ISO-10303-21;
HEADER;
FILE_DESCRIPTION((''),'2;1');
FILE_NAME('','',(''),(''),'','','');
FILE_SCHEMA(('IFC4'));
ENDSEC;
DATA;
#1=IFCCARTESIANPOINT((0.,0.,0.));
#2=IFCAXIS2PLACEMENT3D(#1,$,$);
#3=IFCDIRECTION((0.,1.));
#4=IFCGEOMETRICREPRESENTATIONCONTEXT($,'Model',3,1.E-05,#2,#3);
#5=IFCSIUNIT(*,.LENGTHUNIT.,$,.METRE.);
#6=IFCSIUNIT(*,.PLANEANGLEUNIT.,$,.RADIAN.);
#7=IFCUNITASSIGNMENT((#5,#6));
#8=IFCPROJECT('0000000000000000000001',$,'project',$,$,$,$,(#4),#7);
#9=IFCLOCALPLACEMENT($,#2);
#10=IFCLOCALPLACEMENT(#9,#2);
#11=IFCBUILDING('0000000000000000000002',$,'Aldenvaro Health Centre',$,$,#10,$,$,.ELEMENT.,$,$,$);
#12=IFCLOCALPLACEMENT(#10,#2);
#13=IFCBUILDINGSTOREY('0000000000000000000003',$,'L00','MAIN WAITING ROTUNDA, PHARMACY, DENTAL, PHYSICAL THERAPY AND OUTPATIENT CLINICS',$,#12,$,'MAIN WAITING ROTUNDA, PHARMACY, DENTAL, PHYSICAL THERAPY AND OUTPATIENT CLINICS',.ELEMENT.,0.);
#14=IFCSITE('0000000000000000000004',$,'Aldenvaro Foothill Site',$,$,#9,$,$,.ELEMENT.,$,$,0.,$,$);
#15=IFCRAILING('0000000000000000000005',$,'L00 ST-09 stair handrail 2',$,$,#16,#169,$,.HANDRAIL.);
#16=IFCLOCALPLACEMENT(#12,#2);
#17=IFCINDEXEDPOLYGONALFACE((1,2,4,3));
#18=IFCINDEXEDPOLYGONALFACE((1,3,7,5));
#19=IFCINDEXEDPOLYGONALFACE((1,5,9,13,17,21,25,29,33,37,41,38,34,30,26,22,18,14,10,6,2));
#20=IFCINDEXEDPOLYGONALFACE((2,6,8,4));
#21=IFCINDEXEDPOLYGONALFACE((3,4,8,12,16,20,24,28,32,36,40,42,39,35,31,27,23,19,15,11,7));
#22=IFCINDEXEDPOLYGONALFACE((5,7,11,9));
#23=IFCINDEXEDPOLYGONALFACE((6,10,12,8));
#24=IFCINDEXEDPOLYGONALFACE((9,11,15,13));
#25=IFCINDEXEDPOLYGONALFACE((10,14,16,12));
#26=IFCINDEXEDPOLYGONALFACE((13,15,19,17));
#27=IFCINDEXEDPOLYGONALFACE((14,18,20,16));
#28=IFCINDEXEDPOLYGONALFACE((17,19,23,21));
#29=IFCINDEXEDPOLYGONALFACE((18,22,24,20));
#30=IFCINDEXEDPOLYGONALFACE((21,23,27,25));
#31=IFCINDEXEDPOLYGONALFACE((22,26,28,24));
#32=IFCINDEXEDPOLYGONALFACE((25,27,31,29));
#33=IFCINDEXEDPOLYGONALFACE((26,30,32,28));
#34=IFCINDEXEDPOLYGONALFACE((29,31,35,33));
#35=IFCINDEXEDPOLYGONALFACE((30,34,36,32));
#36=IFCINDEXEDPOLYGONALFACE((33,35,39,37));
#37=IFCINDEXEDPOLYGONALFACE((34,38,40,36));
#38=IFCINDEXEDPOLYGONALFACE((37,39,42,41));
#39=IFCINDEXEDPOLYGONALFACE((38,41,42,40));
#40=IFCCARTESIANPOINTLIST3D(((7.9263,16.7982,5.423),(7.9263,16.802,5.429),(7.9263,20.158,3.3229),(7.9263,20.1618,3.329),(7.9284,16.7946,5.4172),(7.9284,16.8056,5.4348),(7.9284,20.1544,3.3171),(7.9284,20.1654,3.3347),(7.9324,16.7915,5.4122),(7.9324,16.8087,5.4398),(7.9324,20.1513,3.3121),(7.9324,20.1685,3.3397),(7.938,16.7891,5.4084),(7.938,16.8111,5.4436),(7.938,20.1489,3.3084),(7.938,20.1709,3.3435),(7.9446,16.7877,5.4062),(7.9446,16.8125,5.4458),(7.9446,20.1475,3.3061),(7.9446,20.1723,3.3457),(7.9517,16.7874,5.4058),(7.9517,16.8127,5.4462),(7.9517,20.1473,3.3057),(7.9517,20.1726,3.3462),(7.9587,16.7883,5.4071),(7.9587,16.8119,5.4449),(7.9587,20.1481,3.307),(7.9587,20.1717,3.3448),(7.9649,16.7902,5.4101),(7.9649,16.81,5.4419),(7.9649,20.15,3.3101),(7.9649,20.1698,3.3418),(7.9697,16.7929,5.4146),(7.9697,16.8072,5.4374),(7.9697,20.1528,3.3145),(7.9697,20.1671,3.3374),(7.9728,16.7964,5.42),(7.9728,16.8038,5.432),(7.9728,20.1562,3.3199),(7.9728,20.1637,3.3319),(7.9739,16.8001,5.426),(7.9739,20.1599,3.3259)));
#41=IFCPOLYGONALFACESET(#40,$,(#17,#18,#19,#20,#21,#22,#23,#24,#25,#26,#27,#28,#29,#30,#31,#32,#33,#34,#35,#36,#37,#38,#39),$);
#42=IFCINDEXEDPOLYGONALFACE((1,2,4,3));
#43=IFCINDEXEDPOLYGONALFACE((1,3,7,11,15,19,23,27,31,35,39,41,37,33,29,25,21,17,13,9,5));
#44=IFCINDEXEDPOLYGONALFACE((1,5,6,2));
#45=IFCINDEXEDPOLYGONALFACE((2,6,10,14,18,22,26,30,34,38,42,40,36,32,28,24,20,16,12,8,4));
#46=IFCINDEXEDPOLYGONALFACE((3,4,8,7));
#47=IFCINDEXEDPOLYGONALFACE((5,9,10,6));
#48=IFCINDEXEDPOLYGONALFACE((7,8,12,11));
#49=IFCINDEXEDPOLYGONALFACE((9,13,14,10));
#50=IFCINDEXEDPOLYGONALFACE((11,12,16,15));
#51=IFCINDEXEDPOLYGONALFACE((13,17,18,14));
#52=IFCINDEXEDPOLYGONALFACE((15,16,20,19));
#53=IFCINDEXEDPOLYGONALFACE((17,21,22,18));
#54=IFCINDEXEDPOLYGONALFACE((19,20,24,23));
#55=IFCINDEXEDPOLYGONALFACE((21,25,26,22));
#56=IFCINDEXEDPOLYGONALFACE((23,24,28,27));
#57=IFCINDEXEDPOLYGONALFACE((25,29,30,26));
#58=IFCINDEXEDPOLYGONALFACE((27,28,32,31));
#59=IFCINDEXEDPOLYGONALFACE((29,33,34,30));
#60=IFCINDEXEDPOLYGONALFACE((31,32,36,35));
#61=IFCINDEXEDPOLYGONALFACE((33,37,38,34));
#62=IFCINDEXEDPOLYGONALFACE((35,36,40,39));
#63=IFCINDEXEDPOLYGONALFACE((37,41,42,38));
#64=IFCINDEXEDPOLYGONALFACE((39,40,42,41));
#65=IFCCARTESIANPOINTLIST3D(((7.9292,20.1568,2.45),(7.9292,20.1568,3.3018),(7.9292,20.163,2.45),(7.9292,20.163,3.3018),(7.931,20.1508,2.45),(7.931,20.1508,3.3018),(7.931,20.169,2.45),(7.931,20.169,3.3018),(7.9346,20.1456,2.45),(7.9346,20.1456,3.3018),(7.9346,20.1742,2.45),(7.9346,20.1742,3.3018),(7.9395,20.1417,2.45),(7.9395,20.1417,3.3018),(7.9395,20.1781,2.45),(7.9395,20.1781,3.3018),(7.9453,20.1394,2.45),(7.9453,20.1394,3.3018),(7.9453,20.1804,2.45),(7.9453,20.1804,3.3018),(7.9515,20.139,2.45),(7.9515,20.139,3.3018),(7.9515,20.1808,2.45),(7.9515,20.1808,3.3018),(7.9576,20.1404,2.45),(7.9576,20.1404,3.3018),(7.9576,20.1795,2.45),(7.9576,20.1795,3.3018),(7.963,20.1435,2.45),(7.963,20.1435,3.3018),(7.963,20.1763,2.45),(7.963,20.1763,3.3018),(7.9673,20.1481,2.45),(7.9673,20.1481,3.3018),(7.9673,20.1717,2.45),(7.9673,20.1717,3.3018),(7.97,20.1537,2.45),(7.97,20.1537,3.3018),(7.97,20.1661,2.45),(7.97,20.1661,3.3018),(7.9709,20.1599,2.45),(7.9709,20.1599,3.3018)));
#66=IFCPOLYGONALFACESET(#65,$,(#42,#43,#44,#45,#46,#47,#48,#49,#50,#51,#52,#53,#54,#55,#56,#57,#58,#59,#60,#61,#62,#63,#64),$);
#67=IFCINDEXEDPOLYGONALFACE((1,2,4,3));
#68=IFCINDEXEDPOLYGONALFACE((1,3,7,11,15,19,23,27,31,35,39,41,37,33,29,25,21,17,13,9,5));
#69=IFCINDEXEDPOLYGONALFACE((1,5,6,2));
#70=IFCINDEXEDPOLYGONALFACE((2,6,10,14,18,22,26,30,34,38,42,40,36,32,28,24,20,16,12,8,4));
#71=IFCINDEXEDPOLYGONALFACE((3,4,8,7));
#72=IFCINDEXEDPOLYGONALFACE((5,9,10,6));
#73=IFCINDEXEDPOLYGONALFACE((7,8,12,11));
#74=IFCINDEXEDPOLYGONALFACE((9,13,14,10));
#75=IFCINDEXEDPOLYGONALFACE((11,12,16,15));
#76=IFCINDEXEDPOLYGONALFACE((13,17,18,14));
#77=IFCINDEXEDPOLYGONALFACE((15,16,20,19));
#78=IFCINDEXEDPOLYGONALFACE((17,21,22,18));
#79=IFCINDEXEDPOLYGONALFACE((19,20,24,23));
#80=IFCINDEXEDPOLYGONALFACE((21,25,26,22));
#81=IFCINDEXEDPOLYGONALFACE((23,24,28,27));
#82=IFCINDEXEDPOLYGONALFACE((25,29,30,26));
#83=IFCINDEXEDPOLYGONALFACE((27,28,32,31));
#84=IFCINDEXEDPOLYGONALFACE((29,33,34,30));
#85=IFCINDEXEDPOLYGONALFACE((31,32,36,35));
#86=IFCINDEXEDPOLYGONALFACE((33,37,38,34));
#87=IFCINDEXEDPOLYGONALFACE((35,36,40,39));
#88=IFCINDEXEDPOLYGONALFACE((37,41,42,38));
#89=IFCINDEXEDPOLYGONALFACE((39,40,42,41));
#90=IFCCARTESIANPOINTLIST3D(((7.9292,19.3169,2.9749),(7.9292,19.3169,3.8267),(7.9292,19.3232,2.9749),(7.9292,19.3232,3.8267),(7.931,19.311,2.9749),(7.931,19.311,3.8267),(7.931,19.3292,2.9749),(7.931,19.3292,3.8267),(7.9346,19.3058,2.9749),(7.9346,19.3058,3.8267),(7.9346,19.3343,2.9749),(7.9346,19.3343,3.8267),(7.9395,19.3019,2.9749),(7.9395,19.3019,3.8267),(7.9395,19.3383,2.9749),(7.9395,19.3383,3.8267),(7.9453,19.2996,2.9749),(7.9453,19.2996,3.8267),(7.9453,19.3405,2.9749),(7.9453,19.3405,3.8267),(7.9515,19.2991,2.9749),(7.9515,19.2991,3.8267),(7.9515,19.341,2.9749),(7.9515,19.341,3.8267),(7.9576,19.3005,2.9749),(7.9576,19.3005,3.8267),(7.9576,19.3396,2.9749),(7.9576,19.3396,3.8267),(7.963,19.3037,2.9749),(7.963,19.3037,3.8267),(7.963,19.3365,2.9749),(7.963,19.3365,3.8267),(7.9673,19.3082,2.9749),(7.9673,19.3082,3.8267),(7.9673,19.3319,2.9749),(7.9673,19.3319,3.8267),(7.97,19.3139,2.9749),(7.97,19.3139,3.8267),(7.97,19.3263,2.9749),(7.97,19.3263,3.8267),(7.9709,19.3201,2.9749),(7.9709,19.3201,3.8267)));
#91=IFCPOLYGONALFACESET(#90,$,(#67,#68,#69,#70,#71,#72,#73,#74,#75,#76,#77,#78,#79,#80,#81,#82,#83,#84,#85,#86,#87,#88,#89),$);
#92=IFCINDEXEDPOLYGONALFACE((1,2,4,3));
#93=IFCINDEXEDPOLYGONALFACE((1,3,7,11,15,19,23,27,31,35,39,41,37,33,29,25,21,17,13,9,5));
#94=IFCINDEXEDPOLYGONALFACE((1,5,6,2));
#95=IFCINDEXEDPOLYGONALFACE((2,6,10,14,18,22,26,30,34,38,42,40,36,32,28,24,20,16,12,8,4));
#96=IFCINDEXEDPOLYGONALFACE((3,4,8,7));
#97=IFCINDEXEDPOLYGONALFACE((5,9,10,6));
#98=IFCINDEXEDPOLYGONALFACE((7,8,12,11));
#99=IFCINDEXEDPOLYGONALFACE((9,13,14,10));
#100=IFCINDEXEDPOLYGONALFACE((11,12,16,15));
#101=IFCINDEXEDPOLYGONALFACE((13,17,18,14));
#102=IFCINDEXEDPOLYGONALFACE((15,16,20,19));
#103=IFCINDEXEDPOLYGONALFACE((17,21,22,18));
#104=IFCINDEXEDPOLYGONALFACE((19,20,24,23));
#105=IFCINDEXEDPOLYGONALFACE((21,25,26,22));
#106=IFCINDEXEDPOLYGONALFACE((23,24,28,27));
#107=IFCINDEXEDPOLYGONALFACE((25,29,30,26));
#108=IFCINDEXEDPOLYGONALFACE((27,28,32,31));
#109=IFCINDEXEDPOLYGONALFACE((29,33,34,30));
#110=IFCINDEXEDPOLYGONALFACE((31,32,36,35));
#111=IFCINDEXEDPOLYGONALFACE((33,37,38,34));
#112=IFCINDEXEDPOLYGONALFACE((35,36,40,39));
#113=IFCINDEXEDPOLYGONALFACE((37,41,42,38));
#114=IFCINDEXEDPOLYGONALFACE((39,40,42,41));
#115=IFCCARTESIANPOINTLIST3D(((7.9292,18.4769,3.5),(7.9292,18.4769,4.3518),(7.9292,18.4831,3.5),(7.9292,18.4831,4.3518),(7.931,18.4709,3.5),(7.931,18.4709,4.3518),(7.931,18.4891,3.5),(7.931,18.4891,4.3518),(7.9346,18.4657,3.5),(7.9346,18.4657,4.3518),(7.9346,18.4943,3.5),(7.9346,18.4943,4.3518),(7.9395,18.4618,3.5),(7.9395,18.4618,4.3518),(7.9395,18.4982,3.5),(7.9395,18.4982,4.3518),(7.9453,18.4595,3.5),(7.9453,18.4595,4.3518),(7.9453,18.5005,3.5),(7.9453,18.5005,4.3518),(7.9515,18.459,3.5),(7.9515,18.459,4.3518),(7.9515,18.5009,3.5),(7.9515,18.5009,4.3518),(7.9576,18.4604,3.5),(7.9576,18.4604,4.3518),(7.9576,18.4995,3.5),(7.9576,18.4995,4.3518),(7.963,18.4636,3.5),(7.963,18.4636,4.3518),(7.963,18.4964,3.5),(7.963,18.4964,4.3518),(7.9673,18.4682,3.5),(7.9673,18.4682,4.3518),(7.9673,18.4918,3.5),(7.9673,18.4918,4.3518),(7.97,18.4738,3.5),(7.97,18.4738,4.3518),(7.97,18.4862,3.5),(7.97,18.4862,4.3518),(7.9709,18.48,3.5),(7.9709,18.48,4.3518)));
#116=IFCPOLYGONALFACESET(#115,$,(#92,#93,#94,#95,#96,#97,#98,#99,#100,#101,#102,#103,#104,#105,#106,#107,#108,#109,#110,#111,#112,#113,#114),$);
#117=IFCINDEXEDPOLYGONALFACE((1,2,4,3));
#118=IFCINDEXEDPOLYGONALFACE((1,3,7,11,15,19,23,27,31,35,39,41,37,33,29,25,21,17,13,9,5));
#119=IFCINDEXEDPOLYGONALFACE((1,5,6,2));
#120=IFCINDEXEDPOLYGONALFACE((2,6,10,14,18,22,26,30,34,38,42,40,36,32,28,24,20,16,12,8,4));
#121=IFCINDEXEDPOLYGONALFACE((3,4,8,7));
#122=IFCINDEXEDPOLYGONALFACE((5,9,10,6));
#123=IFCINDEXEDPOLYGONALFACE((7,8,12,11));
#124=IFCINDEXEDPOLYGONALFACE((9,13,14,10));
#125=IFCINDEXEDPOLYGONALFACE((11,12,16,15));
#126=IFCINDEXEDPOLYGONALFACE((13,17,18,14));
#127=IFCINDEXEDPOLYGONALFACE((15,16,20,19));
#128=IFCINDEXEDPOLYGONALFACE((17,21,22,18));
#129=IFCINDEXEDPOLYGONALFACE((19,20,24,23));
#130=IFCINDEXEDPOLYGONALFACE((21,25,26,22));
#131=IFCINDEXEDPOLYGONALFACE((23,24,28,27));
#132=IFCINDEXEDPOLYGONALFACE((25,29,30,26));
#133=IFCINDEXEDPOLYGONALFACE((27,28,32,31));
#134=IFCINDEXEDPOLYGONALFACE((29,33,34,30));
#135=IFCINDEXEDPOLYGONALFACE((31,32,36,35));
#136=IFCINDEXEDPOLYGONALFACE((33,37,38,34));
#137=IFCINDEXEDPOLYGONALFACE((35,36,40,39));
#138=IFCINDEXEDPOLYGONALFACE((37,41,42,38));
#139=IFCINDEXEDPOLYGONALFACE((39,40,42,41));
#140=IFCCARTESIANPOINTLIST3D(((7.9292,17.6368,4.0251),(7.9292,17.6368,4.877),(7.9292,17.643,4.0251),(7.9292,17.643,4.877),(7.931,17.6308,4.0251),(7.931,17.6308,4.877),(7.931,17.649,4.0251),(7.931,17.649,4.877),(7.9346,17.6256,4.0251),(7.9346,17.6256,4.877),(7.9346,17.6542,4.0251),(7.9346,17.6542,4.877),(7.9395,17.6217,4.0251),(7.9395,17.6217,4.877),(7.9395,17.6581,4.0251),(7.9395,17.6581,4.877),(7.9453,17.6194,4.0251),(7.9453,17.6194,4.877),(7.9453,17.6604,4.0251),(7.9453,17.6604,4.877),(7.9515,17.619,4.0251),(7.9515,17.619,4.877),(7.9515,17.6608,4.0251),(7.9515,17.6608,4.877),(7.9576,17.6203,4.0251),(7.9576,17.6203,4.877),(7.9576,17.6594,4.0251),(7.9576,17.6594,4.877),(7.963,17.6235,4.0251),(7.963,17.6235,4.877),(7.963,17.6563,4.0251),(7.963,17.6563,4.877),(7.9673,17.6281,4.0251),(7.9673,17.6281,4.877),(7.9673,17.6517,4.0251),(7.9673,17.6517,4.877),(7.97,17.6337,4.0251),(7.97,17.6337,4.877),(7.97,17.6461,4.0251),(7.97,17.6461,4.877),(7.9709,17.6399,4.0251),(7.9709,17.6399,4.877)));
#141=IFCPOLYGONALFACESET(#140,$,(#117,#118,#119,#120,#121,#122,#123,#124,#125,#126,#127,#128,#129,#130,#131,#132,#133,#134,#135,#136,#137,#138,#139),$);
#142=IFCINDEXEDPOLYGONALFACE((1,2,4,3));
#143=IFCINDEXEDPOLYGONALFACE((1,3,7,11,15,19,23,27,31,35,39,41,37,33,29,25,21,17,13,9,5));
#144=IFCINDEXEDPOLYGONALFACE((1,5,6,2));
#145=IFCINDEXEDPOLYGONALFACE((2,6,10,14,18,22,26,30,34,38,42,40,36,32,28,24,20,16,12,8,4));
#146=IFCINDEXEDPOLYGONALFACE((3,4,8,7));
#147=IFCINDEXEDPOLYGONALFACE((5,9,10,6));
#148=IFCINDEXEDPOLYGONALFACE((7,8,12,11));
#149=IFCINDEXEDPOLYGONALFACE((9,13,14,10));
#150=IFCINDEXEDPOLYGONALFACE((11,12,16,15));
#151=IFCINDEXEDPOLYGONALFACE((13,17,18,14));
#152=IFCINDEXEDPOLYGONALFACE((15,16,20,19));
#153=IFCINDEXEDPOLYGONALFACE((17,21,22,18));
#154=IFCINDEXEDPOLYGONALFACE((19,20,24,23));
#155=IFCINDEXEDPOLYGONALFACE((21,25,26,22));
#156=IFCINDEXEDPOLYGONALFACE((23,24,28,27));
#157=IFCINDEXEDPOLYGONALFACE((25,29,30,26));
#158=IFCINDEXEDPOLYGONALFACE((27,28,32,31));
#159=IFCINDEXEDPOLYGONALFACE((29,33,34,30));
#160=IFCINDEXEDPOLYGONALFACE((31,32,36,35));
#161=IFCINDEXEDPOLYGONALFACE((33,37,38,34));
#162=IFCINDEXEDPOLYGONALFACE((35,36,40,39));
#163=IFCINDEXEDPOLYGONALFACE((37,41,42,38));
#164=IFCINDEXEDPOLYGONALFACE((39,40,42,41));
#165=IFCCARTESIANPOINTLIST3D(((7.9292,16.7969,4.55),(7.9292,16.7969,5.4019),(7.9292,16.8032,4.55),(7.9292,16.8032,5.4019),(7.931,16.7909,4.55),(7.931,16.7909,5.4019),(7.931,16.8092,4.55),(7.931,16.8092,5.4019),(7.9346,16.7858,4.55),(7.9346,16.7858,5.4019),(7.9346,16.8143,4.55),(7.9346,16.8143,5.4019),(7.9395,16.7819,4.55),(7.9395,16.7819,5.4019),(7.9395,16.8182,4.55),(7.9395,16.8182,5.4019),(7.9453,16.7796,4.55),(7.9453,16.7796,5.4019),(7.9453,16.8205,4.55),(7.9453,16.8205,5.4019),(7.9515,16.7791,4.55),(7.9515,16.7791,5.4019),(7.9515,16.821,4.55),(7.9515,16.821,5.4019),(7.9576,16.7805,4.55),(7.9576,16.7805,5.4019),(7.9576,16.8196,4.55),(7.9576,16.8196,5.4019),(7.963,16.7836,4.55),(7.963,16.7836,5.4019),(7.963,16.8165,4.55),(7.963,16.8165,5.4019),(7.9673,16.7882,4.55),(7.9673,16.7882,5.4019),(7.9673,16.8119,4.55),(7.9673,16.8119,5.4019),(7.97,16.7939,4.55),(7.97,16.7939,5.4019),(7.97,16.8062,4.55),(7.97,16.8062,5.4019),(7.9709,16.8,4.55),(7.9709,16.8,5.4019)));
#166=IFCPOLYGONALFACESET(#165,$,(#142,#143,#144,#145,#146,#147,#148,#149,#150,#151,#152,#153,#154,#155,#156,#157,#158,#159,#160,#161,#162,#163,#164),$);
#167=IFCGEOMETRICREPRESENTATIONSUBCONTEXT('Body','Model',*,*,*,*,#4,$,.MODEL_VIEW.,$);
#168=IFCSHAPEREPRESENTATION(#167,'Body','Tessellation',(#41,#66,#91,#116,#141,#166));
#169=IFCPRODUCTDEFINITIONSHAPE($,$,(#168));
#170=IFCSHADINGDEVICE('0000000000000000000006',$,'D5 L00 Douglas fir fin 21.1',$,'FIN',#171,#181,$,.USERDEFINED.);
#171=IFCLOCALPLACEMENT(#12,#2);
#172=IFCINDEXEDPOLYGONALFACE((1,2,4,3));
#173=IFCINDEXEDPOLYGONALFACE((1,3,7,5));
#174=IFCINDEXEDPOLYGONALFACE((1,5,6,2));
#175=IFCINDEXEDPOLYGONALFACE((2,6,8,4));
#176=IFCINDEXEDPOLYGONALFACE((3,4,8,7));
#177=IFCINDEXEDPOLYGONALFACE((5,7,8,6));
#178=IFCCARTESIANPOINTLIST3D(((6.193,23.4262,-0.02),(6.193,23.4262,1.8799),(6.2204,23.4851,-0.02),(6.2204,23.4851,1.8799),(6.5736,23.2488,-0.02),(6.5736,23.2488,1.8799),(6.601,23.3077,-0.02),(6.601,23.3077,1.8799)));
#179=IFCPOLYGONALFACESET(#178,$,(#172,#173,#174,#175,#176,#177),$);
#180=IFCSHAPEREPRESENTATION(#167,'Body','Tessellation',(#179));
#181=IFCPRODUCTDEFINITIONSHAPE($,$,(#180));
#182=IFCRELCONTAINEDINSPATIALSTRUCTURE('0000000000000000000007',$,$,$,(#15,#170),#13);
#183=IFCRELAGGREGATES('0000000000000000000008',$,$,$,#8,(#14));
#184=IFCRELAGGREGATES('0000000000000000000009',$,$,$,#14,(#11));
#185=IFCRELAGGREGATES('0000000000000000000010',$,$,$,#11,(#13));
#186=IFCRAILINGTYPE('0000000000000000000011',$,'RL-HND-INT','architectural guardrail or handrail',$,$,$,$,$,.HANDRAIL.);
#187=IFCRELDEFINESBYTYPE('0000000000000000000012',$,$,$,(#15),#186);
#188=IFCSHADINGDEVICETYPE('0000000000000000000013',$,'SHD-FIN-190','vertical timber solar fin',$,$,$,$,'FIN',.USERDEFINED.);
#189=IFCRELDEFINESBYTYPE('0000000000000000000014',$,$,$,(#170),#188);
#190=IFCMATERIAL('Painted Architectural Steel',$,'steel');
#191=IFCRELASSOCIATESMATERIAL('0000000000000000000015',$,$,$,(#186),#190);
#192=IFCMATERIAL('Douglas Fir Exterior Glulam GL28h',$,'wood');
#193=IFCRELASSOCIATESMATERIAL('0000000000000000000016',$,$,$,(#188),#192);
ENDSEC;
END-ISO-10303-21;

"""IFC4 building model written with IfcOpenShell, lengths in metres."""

from ifc_helpers import new_model, si_unit, direction, frame, origin, origin_2d, place, context, subcontext, project, spatial, rectangle, circle, extrude, material, type_object, element, save


model = new_model("IFC4")

# Units and contexts
model_context = context("Model", 3, precision=1e-05, world=origin(), true_north=direction((0.0, 1.0)))
body_context = subcontext(model_context, "Body", "Model", "MODEL_VIEW")
ifc_project = project(units=[si_unit("LENGTHUNIT", "METRE"), si_unit("PLANEANGLEUNIT", "RADIAN")], contexts=[model_context])

# Site, building, storey
site_placement = place(None, origin())
site = spatial("IfcSite", under=ifc_project, at=site_placement, Name="Aldenvaro Foothill Site", CompositionType="ELEMENT", RefElevation=0.0)
building_placement = place(site_placement, origin())
building = spatial("IfcBuilding", under=site, at=building_placement, Name="Aldenvaro Health Centre", CompositionType="ELEMENT")
storey_placement = place(building_placement, origin())
storey = spatial("IfcBuildingStorey", under=building, at=storey_placement, Name="L00", Description="MAIN WAITING ROTUNDA, PHARMACY, DENTAL, PHYSICAL THERAPY AND OUTPATIENT CLINICS", LongName="MAIN WAITING ROTUNDA, PHARMACY, DENTAL, PHYSICAL THERAPY AND OUTPATIENT CLINICS", CompositionType="ELEMENT", Elevation=0.0)

# Railing
ifc_material_1 = material(Name="Painted Architectural Steel", Category="steel")
railing_type_1 = type_object("IfcRailingType", Name="RL-HND-INT", Description="architectural guardrail or handrail", PredefinedType="HANDRAIL", material=ifc_material_1)
railing_1_placement = place(storey_placement, frame((7.95, 20.1599, 2.45)))
element("IfcRailing", 1, at=railing_1_placement, inside=storey, type_object=railing_type_1, Name="L00 ST-09 stair handrail 2", PredefinedType="HANDRAIL", context=body_context, shape_type="SweptSolid", body=[
    extrude(circle(Radius=0.0239, at=origin_2d()), frame((0.0, 0.0, 0.876), z_axis=(0.0, -0.847978, 0.530032), x_axis=(1.0, 0.0, 0.0)), (0.0, 0.0, 1.0), 3.9622),
    extrude(circle(Radius=0.021, at=origin_2d()), origin(), (0.0, 0.0, 1.0), 0.8518),
    extrude(circle(Radius=0.021, at=origin_2d()), frame((0.0, -0.8398, 0.5249)), (0.0, 0.0, 1.0), 0.8518),
    extrude(circle(Radius=0.021, at=origin_2d()), frame((0.0, -1.6799, 1.05)), (0.0, 0.0, 1.0), 0.8518),
    extrude(circle(Radius=0.021, at=origin_2d()), frame((0.0, -2.52, 1.5752)), (0.0, 0.0, 1.0), 0.8518),
    extrude(circle(Radius=0.021, at=origin_2d()), frame((0.0, -3.3599, 2.1001)), (0.0, 0.0, 1.0), 0.8518),
])

# Shading device
ifc_material_2 = material(Name="Douglas Fir Exterior Glulam GL28h", Category="wood")
shading_device_type = type_object("IfcShadingDeviceType", Name="SHD-FIN-190", Description="vertical timber solar fin", ElementType="FIN", PredefinedType="USERDEFINED", material=ifc_material_2)
shading_device_placement = place(storey_placement, frame((6.397, 23.3669, -0.02), z_axis=(0.0, 0.0, 1.0), x_axis=(0.422496, 0.906365, 0.0)))
element("IfcShadingDevice", 2, at=shading_device_placement, inside=storey, type_object=shading_device_type, Name="D5 L00 Douglas fir fin 21.1", ObjectType="FIN", PredefinedType="USERDEFINED", context=body_context, shape_type="SweptSolid", body=[
    extrude(rectangle(XDim=0.0649, YDim=0.4199, at=origin_2d()), origin(), (0.0, 0.0, 1.0), 1.8999),
])

save(model, "model.ifc")
